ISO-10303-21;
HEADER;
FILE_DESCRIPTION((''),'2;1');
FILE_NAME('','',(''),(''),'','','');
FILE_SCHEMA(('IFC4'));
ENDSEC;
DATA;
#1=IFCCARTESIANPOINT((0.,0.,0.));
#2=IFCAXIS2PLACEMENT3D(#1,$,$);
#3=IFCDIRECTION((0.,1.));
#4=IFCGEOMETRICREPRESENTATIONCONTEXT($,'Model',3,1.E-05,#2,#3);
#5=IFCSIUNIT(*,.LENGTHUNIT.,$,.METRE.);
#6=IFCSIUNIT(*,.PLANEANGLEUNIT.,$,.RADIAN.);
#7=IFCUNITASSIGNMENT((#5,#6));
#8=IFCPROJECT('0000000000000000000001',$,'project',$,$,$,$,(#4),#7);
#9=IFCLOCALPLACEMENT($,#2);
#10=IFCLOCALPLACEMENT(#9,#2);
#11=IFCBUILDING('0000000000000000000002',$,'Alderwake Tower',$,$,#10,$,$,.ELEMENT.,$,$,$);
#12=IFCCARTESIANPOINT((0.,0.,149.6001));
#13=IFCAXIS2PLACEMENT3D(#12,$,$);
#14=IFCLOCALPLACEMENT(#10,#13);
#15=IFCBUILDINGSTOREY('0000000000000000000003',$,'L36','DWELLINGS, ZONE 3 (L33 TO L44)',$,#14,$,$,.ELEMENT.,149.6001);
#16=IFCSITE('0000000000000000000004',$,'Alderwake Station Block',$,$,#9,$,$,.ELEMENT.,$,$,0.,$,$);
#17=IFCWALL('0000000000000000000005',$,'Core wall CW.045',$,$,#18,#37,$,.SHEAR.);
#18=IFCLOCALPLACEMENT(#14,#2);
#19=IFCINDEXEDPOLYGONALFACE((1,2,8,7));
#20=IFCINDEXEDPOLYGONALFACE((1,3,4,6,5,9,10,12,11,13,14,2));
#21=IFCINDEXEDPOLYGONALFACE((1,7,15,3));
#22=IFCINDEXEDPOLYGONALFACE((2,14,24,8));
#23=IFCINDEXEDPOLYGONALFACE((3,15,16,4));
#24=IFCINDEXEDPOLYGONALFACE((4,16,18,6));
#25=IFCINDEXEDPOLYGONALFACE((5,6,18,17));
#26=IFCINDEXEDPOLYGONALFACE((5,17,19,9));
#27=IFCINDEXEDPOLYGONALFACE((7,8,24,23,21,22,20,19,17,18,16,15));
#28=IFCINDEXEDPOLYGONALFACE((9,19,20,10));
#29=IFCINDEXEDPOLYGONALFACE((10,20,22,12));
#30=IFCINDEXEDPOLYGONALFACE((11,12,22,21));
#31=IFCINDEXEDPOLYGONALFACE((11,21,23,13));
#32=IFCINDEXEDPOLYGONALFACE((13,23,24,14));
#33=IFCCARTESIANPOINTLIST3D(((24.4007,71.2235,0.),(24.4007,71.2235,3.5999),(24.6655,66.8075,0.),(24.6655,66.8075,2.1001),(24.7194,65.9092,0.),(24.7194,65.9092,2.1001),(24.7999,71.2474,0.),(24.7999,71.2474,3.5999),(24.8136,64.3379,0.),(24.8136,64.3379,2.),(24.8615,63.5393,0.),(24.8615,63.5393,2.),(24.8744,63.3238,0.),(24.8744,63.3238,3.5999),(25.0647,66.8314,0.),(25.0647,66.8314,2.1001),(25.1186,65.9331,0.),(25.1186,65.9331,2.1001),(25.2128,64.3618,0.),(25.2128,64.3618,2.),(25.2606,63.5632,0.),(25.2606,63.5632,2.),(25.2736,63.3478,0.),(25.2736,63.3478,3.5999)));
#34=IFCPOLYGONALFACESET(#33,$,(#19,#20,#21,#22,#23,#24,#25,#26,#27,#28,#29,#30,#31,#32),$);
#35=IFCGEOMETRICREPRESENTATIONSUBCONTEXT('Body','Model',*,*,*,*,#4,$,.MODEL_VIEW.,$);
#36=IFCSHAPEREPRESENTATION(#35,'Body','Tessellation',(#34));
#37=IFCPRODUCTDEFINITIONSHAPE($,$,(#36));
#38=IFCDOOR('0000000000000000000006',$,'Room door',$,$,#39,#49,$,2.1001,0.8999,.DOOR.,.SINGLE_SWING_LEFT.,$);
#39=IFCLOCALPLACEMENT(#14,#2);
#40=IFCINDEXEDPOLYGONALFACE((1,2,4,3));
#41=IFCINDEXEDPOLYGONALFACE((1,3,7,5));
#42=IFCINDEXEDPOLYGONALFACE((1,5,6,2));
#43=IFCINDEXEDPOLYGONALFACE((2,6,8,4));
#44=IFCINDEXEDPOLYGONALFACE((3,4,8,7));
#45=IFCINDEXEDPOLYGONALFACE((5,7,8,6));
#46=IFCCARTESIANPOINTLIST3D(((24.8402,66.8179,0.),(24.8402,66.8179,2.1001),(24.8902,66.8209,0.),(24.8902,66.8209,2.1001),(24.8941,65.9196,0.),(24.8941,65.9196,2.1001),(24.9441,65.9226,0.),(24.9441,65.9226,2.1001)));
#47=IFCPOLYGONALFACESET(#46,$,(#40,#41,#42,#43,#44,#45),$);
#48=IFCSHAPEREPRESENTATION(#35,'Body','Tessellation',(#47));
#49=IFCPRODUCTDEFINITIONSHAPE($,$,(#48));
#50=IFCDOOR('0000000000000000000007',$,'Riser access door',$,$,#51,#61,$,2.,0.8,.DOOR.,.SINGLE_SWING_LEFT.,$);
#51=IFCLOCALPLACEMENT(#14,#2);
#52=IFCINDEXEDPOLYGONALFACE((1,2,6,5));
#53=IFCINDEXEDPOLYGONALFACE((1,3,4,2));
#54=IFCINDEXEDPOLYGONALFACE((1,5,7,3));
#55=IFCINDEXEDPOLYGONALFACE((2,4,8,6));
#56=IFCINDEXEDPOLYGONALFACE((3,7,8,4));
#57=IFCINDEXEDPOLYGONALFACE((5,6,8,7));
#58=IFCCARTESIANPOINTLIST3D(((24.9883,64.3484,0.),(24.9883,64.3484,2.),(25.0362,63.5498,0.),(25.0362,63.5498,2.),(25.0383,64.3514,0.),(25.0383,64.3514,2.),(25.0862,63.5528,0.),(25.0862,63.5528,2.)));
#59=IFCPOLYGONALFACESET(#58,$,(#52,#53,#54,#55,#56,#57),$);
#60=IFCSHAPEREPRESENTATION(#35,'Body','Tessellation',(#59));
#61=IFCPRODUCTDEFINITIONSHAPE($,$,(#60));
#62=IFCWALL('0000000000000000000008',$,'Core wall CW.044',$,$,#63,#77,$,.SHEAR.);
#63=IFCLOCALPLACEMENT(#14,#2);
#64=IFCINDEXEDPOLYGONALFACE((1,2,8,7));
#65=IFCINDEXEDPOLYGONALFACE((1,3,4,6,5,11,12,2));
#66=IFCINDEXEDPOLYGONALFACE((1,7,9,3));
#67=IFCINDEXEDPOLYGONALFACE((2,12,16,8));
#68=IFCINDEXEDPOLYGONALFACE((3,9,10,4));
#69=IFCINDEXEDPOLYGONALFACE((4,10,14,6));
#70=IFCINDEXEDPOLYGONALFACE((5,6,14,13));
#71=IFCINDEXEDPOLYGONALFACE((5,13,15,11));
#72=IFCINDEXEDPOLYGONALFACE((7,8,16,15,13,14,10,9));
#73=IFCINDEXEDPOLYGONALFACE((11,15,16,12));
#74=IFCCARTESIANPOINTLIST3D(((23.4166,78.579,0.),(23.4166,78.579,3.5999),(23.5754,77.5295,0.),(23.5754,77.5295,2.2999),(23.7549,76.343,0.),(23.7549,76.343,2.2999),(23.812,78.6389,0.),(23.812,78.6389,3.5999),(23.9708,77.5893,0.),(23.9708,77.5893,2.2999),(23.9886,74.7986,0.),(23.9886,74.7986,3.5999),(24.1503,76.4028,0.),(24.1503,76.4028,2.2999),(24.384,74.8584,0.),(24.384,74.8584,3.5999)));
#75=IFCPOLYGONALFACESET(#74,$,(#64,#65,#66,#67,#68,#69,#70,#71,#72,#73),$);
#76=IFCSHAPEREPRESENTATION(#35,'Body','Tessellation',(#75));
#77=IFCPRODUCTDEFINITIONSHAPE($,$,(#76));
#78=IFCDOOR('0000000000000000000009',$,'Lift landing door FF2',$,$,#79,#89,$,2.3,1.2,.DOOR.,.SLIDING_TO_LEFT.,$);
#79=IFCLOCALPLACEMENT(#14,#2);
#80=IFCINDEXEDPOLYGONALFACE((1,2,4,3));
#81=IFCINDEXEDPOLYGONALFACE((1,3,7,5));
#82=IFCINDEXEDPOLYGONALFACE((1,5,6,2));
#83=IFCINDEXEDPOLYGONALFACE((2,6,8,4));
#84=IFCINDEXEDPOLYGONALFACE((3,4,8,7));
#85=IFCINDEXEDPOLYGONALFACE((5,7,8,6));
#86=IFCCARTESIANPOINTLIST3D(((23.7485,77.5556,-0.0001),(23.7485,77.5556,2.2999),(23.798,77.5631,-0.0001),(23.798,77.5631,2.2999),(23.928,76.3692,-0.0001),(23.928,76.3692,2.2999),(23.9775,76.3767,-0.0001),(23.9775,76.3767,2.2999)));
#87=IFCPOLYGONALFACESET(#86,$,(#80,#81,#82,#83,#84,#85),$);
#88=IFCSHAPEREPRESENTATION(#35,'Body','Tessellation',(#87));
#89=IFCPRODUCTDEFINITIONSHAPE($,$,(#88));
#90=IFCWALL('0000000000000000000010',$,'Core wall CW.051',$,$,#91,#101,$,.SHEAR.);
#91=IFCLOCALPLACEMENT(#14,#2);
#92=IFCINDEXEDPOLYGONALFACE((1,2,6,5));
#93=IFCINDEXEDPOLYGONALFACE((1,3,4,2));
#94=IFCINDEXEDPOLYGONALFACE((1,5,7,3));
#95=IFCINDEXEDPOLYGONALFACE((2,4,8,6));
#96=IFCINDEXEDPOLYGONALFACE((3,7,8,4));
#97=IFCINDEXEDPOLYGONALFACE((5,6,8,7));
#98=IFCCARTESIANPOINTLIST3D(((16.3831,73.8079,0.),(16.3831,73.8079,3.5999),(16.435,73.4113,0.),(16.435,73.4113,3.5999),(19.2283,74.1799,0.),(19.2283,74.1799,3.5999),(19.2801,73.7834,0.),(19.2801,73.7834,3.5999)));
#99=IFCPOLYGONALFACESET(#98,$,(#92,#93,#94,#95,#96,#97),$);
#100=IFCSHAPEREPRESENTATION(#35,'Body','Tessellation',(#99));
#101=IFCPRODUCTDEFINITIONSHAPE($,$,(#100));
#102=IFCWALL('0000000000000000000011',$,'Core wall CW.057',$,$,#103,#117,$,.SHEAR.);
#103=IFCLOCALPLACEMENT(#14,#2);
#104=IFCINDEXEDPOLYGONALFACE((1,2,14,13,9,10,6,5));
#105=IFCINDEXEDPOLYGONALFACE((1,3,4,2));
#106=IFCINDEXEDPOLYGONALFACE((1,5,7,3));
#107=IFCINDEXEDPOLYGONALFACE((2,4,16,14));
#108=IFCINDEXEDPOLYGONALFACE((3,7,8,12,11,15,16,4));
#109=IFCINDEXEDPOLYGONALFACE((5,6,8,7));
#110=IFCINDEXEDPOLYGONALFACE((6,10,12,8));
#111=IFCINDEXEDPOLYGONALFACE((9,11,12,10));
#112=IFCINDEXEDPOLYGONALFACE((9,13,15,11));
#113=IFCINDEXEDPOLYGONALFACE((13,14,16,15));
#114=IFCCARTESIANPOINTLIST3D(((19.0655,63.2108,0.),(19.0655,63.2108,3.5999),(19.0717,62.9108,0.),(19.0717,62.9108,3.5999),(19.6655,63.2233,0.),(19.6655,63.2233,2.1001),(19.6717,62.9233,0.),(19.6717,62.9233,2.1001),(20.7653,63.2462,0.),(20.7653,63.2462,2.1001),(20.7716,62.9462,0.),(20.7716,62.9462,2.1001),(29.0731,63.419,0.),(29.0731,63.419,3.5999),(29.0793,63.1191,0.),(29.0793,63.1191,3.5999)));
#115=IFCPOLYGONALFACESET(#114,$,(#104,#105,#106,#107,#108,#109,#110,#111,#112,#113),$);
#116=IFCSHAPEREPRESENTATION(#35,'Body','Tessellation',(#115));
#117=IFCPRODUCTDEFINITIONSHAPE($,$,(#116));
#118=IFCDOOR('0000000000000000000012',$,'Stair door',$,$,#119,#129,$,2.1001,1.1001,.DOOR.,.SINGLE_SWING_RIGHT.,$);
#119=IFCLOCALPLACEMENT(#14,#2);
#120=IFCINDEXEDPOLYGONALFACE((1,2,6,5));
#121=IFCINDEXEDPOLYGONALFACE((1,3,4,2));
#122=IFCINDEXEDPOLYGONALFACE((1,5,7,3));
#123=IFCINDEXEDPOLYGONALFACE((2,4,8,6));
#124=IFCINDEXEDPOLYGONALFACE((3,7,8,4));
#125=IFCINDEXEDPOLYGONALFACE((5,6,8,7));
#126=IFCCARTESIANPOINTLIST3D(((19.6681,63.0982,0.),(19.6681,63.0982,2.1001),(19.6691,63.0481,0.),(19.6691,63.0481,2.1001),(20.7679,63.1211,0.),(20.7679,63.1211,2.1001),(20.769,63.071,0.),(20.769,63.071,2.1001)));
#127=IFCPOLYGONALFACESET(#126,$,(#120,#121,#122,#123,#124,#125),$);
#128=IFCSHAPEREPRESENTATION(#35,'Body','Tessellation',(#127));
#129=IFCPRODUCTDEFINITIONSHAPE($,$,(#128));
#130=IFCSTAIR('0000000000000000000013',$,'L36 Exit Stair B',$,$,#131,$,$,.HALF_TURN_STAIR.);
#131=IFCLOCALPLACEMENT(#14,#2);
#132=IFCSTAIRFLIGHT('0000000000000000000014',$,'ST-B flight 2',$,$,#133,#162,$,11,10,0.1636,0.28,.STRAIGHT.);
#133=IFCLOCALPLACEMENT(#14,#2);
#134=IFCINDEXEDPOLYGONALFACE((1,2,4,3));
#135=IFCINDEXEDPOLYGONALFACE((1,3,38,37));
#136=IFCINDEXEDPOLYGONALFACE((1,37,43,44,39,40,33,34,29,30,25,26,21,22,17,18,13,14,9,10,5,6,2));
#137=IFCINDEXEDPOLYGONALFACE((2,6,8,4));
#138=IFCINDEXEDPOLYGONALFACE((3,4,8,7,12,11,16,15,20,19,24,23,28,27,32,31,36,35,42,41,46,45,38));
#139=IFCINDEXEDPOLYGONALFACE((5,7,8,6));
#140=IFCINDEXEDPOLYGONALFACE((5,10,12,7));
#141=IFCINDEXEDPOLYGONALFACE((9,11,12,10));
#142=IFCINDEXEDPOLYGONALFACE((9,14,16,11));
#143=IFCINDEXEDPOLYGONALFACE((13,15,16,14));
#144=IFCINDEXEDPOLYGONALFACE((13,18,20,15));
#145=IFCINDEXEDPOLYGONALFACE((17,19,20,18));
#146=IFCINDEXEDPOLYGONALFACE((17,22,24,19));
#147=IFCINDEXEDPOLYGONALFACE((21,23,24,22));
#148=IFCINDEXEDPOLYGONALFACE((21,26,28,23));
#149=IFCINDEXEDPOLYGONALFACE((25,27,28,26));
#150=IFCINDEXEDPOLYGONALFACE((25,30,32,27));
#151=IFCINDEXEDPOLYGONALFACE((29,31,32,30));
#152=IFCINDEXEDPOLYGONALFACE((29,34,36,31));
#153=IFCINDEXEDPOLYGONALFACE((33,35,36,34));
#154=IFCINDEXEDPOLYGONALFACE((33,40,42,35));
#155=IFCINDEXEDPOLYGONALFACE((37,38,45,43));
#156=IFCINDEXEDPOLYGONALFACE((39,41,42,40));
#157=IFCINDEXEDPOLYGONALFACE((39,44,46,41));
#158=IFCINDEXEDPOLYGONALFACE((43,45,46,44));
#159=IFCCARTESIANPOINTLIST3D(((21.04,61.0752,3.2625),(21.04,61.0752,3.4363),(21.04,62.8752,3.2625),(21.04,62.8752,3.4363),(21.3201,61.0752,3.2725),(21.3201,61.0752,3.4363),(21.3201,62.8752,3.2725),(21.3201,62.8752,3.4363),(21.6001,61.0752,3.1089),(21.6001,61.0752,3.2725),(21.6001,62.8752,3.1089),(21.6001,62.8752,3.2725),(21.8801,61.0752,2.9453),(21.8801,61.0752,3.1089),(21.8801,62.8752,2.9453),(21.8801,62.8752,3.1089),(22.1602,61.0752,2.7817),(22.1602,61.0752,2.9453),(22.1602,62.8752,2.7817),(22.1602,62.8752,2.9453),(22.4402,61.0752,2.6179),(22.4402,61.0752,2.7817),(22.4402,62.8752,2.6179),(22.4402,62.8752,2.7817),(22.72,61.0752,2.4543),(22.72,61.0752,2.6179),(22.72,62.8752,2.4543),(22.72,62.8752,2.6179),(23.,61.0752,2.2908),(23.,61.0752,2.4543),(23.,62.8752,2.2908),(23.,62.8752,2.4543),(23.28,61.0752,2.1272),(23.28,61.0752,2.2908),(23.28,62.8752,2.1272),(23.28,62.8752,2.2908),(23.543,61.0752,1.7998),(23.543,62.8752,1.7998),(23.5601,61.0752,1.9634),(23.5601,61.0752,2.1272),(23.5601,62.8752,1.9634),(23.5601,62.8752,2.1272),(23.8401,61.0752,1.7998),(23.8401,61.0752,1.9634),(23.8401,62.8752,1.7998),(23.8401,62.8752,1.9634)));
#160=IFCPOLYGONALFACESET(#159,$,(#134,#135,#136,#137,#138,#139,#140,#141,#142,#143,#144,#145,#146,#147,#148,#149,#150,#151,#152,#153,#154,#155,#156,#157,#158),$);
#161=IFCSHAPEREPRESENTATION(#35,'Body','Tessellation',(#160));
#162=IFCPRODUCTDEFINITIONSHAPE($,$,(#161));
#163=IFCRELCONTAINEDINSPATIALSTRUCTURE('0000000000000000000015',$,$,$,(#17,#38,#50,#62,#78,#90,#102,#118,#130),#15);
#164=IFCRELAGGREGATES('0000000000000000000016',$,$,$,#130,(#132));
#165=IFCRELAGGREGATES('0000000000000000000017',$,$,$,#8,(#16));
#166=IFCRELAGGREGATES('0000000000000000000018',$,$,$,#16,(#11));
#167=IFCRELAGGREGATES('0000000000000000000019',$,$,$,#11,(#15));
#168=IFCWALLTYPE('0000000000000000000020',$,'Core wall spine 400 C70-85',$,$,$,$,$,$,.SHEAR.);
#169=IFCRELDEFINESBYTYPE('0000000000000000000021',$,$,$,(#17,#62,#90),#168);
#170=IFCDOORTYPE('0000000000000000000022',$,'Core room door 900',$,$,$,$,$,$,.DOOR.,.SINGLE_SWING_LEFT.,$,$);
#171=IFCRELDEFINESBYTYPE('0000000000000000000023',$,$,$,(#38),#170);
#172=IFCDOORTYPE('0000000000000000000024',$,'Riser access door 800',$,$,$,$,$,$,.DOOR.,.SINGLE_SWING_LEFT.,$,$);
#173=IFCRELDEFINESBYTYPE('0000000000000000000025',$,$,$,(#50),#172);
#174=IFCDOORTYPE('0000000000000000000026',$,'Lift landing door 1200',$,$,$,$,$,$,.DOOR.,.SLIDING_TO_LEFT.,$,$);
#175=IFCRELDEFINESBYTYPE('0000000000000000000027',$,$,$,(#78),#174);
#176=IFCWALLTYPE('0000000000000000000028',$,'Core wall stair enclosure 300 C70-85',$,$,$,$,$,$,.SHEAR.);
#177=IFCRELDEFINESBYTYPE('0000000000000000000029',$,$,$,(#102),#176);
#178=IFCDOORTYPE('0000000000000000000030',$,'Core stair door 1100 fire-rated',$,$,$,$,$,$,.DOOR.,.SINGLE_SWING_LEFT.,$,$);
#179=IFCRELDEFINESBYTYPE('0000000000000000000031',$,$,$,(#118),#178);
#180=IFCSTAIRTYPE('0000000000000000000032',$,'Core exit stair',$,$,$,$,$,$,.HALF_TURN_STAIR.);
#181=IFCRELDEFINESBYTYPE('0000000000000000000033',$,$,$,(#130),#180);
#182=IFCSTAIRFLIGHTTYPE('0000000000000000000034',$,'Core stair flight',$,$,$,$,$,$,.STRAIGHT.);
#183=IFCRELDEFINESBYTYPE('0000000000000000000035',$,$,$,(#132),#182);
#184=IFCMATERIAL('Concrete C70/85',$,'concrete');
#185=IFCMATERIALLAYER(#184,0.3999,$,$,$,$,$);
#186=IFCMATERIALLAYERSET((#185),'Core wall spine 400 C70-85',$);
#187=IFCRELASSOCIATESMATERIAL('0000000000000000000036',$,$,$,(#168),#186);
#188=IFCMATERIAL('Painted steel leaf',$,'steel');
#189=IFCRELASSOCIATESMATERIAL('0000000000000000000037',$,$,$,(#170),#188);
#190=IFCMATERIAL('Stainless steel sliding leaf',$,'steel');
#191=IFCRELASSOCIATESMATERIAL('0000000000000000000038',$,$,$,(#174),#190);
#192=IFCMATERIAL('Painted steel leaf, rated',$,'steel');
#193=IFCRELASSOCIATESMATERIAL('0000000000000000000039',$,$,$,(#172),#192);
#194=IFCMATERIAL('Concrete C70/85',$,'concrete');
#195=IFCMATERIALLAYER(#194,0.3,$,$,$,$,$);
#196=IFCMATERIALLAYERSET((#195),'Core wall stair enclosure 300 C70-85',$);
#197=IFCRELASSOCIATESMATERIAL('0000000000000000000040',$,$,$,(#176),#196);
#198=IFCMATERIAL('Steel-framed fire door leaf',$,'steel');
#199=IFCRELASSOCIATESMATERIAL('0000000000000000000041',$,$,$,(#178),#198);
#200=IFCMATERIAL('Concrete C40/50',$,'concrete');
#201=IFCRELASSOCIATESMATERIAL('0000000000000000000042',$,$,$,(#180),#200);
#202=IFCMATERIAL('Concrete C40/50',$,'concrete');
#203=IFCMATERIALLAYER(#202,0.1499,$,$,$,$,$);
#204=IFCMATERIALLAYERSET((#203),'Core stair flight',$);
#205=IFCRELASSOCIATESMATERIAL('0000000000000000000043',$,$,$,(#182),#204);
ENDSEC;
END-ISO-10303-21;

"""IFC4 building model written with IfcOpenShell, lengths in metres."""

from ifc_helpers import new_model, si_unit, direction, frame, frame_2d, origin, place, context, subcontext, project, spatial, polyline, rectangle, outline, extrude, material, layer, layer_set, type_object, element, fill, aggregate, save


model = new_model("IFC4")

# Units and contexts
model_context = context("Model", 3, precision=1e-05, world=origin(), true_north=direction((0.0, 1.0)))
body_context = subcontext(model_context, "Body", "Model", "MODEL_VIEW")
ifc_project = project(units=[si_unit("LENGTHUNIT", "METRE"), si_unit("PLANEANGLEUNIT", "RADIAN")], contexts=[model_context])

# Site, building, storey
site_placement = place(None, origin())
site = spatial("IfcSite", under=ifc_project, at=site_placement, Name="Alderwake Station Block", CompositionType="ELEMENT", RefElevation=0.0)
building_placement = place(site_placement, origin())
building = spatial("IfcBuilding", under=site, at=building_placement, Name="Alderwake Tower", CompositionType="ELEMENT")
storey_placement = place(building_placement, frame((0.0, 0.0, 149.6001)))
storey = spatial("IfcBuildingStorey", under=building, at=storey_placement, Name="L36", Description="DWELLINGS, ZONE 3 (L33 TO L44)", CompositionType="ELEMENT", Elevation=149.6001)

# Shared definitions
ifc_material_1 = material(Name="Concrete C70/85", Category="concrete")
ifc_layer_1 = layer(ifc_material_1, 0.3999)
ifc_layer_set_1 = layer_set([ifc_layer_1], Name="Core wall spine 400 C70-85")
wall_type_1 = type_object("IfcWallType", Name="Core wall spine 400 C70-85", PredefinedType="SHEAR", material=ifc_layer_set_1)
ifc_material_2 = material(Name="Painted steel leaf", Category="steel")
door_type_1 = type_object("IfcDoorType", Name="Core room door 900", OperationType="SINGLE_SWING_LEFT", PredefinedType="DOOR", material=ifc_material_2)
ifc_material_3 = material(Name="Stainless steel sliding leaf", Category="steel")
door_type_2 = type_object("IfcDoorType", Name="Lift landing door 1200", OperationType="SLIDING_TO_LEFT", PredefinedType="DOOR", material=ifc_material_3)

# Wall, openings, doors
wall_1_placement = place(storey_placement, frame((25.074, 63.3357, 0.0), z_axis=(0.0, 0.0, 1.0), x_axis=(-0.059849, 0.998207, 0.0)))
wall_1 = element("IfcWall", 1, at=wall_1_placement, inside=storey, type_object=wall_type_1, Name="Core wall CW.045", PredefinedType="SHEAR", context=body_context, shape_type="SweptSolid", body=[
    extrude(rectangle(XDim=7.9138, YDim=0.3999, at=frame_2d((3.957, 0.0))), origin(), (0.0, 0.0, 1.0), 3.5999),
])
opening_1_placement = place(wall_1_placement, frame((0.2161, 0.0, 0.0)))
opening_1 = element("IfcOpeningElement", 2, at=opening_1_placement, cuts=wall_1, PredefinedType="OPENING", context=body_context, shape_type="SweptSolid", body=[
    extrude(rectangle(XDim=0.8, YDim=2.0, at=frame_2d((0.3999, 1.0))), frame((0.0, 0.21, 0.0), z_axis=(0.0, -1.0, 0.0), x_axis=(1.0, 0.0, 0.0)), (0.0, 0.0, 1.0), 0.4199),
])
opening_2_placement = place(wall_1_placement, frame((2.5901, 0.0, 0.0)))
opening_2 = element("IfcOpeningElement", 3, at=opening_2_placement, cuts=wall_1, PredefinedType="OPENING", context=body_context, shape_type="SweptSolid", body=[
    extrude(rectangle(XDim=0.8999, YDim=2.1001, at=frame_2d((0.45, 1.05))), frame((0.0, 0.21, 0.0), z_axis=(0.0, -1.0, 0.0), x_axis=(1.0, 0.0, 0.0)), (0.0, 0.0, 1.0), 0.4199),
])
door_1_placement = place(opening_2_placement, origin())
door_1 = element("IfcDoor", 4, at=door_1_placement, inside=storey, type_object=door_type_1, Name="Room door", OperationType="SINGLE_SWING_LEFT", OverallHeight=2.1001, OverallWidth=0.8999, PredefinedType="DOOR", context=body_context, shape_type="SweptSolid", body=[
    extrude(rectangle(XDim=0.8999, YDim=2.1001, at=frame_2d((0.45, 1.05))), frame((0.0, 0.0249, 0.0), z_axis=(0.0, -1.0, 0.0), x_axis=(1.0, 0.0, 0.0)), (0.0, 0.0, 1.0), 0.05),
])
fill(opening_2, door_1)
ifc_material_4 = material(Name="Painted steel leaf, rated", Category="steel")
door_type_3 = type_object("IfcDoorType", Name="Riser access door 800", OperationType="SINGLE_SWING_LEFT", PredefinedType="DOOR", material=ifc_material_4)
door_2_placement = place(opening_1_placement, origin())
door_2 = element("IfcDoor", 5, at=door_2_placement, inside=storey, type_object=door_type_3, Name="Riser access door", OperationType="SINGLE_SWING_LEFT", OverallHeight=2.0, OverallWidth=0.8, PredefinedType="DOOR", context=body_context, shape_type="SweptSolid", body=[
    extrude(rectangle(XDim=0.8, YDim=2.0, at=frame_2d((0.3999, 1.0))), frame((0.0, 0.0249, 0.0), z_axis=(0.0, -1.0, 0.0), x_axis=(1.0, 0.0, 0.0)), (0.0, 0.0, 1.0), 0.05),
])
fill(opening_1, door_2)

# Wall, opening, door
wall_2_placement = place(storey_placement, frame((24.1863, 74.8286, 0.0), z_axis=(0.0, 0.0, 1.0), x_axis=(-0.149605, 0.988746, 0.0)))
wall_2 = element("IfcWall", 6, at=wall_2_placement, inside=storey, type_object=wall_type_1, Name="Core wall CW.044", PredefinedType="SHEAR", context=body_context, shape_type="SweptSolid", body=[
    extrude(rectangle(XDim=3.8235, YDim=0.3999, at=frame_2d((1.9116, 0.0))), origin(), (0.0, 0.0, 1.0), 3.5999),
])
opening_3_placement = place(wall_2_placement, frame((1.5618, 0.0, 0.0)))
opening_3 = element("IfcOpeningElement", 7, at=opening_3_placement, cuts=wall_2, PredefinedType="OPENING", context=body_context, shape_type="SweptSolid", body=[
    extrude(rectangle(XDim=1.2, YDim=2.3, at=frame_2d((0.6001, 1.1499))), frame((0.0, 0.21, 0.0), z_axis=(0.0, -1.0, 0.0), x_axis=(1.0, 0.0, 0.0)), (0.0, 0.0, 1.0), 0.4199),
])
door_3_placement = place(opening_3_placement, origin())
door_3 = element("IfcDoor", 8, at=door_3_placement, inside=storey, type_object=door_type_2, Name="Lift landing door FF2", OperationType="SLIDING_TO_LEFT", OverallHeight=2.3, OverallWidth=1.2, PredefinedType="DOOR", context=body_context, shape_type="SweptSolid", body=[
    extrude(rectangle(XDim=1.2, YDim=2.3, at=frame_2d((0.6001, 1.1499))), frame((0.0, 0.0249, 0.0), z_axis=(0.0, -1.0, 0.0), x_axis=(1.0, 0.0, 0.0)), (0.0, 0.0, 1.0), 0.05),
])
fill(opening_3, door_3)

# Wall
wall_3_placement = place(storey_placement, frame((16.4092, 73.6096, 0.0), z_axis=(0.0, 0.0, 1.0), x_axis=(0.991558, 0.129667, 0.0)))
element("IfcWall", 9, at=wall_3_placement, inside=storey, type_object=wall_type_1, Name="Core wall CW.051", PredefinedType="SHEAR", context=body_context, shape_type="SweptSolid", body=[
    extrude(rectangle(XDim=2.8694, YDim=0.3999, at=frame_2d((1.4346, 0.0))), origin(), (0.0, 0.0, 1.0), 3.5999),
])

# Wall, opening, door
ifc_material_5 = material(Name="Concrete C70/85", Category="concrete")
ifc_layer_2 = layer(ifc_material_5, 0.3)
ifc_layer_set_2 = layer_set([ifc_layer_2], Name="Core wall stair enclosure 300 C70-85")
wall_type_2 = type_object("IfcWallType", Name="Core wall stair enclosure 300 C70-85", PredefinedType="SHEAR", material=ifc_layer_set_2)
wall_4_placement = place(storey_placement, frame((19.0686, 63.0608, 0.0), z_axis=(0.0, 0.0, 1.0), x_axis=(0.999784, 0.020805, 0.0)))
wall_4 = element("IfcWall", 10, at=wall_4_placement, inside=storey, type_object=wall_type_2, Name="Core wall CW.057", PredefinedType="SHEAR", context=body_context, shape_type="SweptSolid", body=[
    extrude(rectangle(XDim=10.0098, YDim=0.3, at=frame_2d((5.0049, 0.0))), origin(), (0.0, 0.0, 1.0), 3.5999),
])
opening_4_placement = place(wall_4_placement, frame((0.6001, 0.0, 0.0)))
opening_4 = element("IfcOpeningElement", 11, at=opening_4_placement, cuts=wall_4, PredefinedType="OPENING", context=body_context, shape_type="SweptSolid", body=[
    extrude(rectangle(XDim=1.1001, YDim=2.1001, at=frame_2d((0.55, 1.05))), frame((0.0, 0.1599, 0.0), z_axis=(0.0, -1.0, 0.0), x_axis=(1.0, 0.0, 0.0)), (0.0, 0.0, 1.0), 0.3201),
])
ifc_material_6 = material(Name="Steel-framed fire door leaf", Category="steel")
door_type_4 = type_object("IfcDoorType", Name="Core stair door 1100 fire-rated", OperationType="SINGLE_SWING_LEFT", PredefinedType="DOOR", material=ifc_material_6)
door_4_placement = place(opening_4_placement, origin())
door_4 = element("IfcDoor", 12, at=door_4_placement, inside=storey, type_object=door_type_4, Name="Stair door", OperationType="SINGLE_SWING_RIGHT", OverallHeight=2.1001, OverallWidth=1.1001, PredefinedType="DOOR", context=body_context, shape_type="SweptSolid", body=[
    extrude(rectangle(XDim=1.1001, YDim=2.1001, at=frame_2d((0.55, 1.05))), frame((0.0, 0.0249, 0.0), z_axis=(0.0, -1.0, 0.0), x_axis=(1.0, 0.0, 0.0)), (0.0, 0.0, 1.0), 0.05),
])
fill(opening_4, door_4)

# Stair, stair flight
ifc_material_7 = material(Name="Concrete C40/50", Category="concrete")
stair_type = type_object("IfcStairType", Name="Core exit stair", PredefinedType="HALF_TURN_STAIR", material=ifc_material_7)
stair_placement = place(storey_placement, origin())
stair = element("IfcStair", 13, at=stair_placement, inside=storey, type_object=stair_type, Name="L36 Exit Stair B", PredefinedType="HALF_TURN_STAIR")
ifc_material_8 = material(Name="Concrete C40/50", Category="concrete")
ifc_layer_3 = layer(ifc_material_8, 0.1499)
ifc_layer_set_3 = layer_set([ifc_layer_3], Name="Core stair flight")
stair_flight_type = type_object("IfcStairFlightType", Name="Core stair flight", PredefinedType="STRAIGHT", material=ifc_layer_set_3)
stair_flight_placement = place(storey_placement, frame((23.8401, 61.9751, 1.7998), z_axis=(0.0, 0.0, 1.0), x_axis=(-1.0, 0.0, 0.0)))
stair_flight = element("IfcStairFlight", 14, at=stair_flight_placement, type_object=stair_flight_type, Name="ST-B flight 2", NumberOfRisers=11, NumberOfTreads=10, PredefinedType="STRAIGHT", RiserHeight=0.1636, TreadLength=0.28, context=body_context, shape_type="SweptSolid", body=[
    extrude(outline(polyline([(0.0, 0.0), (0.0, 0.1636), (0.28, 0.1636), (0.28, 0.3274), (0.5601, 0.3274), (0.5601, 0.491), (0.8401, 0.491), (0.8401, 0.6545), (1.1201, 0.6545), (1.1201, 0.8181), (1.3999, 0.8181), (1.3999, 0.9819), (1.6799, 0.9819), (1.6799, 1.1455), (1.96, 1.1455), (1.96, 1.3091), (2.24, 1.3091), (2.24, 1.4727), (2.52, 1.4727), (2.52, 1.6365), (2.8, 1.6365), (2.8, 1.8), (2.8, 1.4626), (0.2971, 0.0), (0.0, 0.0)])), frame((0.0, 0.8999, 0.0), z_axis=(0.0, -1.0, 0.0), x_axis=(1.0, 0.0, 0.0)), (0.0, 0.0, 1.0), 1.8),
])
aggregate(stair, [stair_flight])

save(model, "model.ifc")
